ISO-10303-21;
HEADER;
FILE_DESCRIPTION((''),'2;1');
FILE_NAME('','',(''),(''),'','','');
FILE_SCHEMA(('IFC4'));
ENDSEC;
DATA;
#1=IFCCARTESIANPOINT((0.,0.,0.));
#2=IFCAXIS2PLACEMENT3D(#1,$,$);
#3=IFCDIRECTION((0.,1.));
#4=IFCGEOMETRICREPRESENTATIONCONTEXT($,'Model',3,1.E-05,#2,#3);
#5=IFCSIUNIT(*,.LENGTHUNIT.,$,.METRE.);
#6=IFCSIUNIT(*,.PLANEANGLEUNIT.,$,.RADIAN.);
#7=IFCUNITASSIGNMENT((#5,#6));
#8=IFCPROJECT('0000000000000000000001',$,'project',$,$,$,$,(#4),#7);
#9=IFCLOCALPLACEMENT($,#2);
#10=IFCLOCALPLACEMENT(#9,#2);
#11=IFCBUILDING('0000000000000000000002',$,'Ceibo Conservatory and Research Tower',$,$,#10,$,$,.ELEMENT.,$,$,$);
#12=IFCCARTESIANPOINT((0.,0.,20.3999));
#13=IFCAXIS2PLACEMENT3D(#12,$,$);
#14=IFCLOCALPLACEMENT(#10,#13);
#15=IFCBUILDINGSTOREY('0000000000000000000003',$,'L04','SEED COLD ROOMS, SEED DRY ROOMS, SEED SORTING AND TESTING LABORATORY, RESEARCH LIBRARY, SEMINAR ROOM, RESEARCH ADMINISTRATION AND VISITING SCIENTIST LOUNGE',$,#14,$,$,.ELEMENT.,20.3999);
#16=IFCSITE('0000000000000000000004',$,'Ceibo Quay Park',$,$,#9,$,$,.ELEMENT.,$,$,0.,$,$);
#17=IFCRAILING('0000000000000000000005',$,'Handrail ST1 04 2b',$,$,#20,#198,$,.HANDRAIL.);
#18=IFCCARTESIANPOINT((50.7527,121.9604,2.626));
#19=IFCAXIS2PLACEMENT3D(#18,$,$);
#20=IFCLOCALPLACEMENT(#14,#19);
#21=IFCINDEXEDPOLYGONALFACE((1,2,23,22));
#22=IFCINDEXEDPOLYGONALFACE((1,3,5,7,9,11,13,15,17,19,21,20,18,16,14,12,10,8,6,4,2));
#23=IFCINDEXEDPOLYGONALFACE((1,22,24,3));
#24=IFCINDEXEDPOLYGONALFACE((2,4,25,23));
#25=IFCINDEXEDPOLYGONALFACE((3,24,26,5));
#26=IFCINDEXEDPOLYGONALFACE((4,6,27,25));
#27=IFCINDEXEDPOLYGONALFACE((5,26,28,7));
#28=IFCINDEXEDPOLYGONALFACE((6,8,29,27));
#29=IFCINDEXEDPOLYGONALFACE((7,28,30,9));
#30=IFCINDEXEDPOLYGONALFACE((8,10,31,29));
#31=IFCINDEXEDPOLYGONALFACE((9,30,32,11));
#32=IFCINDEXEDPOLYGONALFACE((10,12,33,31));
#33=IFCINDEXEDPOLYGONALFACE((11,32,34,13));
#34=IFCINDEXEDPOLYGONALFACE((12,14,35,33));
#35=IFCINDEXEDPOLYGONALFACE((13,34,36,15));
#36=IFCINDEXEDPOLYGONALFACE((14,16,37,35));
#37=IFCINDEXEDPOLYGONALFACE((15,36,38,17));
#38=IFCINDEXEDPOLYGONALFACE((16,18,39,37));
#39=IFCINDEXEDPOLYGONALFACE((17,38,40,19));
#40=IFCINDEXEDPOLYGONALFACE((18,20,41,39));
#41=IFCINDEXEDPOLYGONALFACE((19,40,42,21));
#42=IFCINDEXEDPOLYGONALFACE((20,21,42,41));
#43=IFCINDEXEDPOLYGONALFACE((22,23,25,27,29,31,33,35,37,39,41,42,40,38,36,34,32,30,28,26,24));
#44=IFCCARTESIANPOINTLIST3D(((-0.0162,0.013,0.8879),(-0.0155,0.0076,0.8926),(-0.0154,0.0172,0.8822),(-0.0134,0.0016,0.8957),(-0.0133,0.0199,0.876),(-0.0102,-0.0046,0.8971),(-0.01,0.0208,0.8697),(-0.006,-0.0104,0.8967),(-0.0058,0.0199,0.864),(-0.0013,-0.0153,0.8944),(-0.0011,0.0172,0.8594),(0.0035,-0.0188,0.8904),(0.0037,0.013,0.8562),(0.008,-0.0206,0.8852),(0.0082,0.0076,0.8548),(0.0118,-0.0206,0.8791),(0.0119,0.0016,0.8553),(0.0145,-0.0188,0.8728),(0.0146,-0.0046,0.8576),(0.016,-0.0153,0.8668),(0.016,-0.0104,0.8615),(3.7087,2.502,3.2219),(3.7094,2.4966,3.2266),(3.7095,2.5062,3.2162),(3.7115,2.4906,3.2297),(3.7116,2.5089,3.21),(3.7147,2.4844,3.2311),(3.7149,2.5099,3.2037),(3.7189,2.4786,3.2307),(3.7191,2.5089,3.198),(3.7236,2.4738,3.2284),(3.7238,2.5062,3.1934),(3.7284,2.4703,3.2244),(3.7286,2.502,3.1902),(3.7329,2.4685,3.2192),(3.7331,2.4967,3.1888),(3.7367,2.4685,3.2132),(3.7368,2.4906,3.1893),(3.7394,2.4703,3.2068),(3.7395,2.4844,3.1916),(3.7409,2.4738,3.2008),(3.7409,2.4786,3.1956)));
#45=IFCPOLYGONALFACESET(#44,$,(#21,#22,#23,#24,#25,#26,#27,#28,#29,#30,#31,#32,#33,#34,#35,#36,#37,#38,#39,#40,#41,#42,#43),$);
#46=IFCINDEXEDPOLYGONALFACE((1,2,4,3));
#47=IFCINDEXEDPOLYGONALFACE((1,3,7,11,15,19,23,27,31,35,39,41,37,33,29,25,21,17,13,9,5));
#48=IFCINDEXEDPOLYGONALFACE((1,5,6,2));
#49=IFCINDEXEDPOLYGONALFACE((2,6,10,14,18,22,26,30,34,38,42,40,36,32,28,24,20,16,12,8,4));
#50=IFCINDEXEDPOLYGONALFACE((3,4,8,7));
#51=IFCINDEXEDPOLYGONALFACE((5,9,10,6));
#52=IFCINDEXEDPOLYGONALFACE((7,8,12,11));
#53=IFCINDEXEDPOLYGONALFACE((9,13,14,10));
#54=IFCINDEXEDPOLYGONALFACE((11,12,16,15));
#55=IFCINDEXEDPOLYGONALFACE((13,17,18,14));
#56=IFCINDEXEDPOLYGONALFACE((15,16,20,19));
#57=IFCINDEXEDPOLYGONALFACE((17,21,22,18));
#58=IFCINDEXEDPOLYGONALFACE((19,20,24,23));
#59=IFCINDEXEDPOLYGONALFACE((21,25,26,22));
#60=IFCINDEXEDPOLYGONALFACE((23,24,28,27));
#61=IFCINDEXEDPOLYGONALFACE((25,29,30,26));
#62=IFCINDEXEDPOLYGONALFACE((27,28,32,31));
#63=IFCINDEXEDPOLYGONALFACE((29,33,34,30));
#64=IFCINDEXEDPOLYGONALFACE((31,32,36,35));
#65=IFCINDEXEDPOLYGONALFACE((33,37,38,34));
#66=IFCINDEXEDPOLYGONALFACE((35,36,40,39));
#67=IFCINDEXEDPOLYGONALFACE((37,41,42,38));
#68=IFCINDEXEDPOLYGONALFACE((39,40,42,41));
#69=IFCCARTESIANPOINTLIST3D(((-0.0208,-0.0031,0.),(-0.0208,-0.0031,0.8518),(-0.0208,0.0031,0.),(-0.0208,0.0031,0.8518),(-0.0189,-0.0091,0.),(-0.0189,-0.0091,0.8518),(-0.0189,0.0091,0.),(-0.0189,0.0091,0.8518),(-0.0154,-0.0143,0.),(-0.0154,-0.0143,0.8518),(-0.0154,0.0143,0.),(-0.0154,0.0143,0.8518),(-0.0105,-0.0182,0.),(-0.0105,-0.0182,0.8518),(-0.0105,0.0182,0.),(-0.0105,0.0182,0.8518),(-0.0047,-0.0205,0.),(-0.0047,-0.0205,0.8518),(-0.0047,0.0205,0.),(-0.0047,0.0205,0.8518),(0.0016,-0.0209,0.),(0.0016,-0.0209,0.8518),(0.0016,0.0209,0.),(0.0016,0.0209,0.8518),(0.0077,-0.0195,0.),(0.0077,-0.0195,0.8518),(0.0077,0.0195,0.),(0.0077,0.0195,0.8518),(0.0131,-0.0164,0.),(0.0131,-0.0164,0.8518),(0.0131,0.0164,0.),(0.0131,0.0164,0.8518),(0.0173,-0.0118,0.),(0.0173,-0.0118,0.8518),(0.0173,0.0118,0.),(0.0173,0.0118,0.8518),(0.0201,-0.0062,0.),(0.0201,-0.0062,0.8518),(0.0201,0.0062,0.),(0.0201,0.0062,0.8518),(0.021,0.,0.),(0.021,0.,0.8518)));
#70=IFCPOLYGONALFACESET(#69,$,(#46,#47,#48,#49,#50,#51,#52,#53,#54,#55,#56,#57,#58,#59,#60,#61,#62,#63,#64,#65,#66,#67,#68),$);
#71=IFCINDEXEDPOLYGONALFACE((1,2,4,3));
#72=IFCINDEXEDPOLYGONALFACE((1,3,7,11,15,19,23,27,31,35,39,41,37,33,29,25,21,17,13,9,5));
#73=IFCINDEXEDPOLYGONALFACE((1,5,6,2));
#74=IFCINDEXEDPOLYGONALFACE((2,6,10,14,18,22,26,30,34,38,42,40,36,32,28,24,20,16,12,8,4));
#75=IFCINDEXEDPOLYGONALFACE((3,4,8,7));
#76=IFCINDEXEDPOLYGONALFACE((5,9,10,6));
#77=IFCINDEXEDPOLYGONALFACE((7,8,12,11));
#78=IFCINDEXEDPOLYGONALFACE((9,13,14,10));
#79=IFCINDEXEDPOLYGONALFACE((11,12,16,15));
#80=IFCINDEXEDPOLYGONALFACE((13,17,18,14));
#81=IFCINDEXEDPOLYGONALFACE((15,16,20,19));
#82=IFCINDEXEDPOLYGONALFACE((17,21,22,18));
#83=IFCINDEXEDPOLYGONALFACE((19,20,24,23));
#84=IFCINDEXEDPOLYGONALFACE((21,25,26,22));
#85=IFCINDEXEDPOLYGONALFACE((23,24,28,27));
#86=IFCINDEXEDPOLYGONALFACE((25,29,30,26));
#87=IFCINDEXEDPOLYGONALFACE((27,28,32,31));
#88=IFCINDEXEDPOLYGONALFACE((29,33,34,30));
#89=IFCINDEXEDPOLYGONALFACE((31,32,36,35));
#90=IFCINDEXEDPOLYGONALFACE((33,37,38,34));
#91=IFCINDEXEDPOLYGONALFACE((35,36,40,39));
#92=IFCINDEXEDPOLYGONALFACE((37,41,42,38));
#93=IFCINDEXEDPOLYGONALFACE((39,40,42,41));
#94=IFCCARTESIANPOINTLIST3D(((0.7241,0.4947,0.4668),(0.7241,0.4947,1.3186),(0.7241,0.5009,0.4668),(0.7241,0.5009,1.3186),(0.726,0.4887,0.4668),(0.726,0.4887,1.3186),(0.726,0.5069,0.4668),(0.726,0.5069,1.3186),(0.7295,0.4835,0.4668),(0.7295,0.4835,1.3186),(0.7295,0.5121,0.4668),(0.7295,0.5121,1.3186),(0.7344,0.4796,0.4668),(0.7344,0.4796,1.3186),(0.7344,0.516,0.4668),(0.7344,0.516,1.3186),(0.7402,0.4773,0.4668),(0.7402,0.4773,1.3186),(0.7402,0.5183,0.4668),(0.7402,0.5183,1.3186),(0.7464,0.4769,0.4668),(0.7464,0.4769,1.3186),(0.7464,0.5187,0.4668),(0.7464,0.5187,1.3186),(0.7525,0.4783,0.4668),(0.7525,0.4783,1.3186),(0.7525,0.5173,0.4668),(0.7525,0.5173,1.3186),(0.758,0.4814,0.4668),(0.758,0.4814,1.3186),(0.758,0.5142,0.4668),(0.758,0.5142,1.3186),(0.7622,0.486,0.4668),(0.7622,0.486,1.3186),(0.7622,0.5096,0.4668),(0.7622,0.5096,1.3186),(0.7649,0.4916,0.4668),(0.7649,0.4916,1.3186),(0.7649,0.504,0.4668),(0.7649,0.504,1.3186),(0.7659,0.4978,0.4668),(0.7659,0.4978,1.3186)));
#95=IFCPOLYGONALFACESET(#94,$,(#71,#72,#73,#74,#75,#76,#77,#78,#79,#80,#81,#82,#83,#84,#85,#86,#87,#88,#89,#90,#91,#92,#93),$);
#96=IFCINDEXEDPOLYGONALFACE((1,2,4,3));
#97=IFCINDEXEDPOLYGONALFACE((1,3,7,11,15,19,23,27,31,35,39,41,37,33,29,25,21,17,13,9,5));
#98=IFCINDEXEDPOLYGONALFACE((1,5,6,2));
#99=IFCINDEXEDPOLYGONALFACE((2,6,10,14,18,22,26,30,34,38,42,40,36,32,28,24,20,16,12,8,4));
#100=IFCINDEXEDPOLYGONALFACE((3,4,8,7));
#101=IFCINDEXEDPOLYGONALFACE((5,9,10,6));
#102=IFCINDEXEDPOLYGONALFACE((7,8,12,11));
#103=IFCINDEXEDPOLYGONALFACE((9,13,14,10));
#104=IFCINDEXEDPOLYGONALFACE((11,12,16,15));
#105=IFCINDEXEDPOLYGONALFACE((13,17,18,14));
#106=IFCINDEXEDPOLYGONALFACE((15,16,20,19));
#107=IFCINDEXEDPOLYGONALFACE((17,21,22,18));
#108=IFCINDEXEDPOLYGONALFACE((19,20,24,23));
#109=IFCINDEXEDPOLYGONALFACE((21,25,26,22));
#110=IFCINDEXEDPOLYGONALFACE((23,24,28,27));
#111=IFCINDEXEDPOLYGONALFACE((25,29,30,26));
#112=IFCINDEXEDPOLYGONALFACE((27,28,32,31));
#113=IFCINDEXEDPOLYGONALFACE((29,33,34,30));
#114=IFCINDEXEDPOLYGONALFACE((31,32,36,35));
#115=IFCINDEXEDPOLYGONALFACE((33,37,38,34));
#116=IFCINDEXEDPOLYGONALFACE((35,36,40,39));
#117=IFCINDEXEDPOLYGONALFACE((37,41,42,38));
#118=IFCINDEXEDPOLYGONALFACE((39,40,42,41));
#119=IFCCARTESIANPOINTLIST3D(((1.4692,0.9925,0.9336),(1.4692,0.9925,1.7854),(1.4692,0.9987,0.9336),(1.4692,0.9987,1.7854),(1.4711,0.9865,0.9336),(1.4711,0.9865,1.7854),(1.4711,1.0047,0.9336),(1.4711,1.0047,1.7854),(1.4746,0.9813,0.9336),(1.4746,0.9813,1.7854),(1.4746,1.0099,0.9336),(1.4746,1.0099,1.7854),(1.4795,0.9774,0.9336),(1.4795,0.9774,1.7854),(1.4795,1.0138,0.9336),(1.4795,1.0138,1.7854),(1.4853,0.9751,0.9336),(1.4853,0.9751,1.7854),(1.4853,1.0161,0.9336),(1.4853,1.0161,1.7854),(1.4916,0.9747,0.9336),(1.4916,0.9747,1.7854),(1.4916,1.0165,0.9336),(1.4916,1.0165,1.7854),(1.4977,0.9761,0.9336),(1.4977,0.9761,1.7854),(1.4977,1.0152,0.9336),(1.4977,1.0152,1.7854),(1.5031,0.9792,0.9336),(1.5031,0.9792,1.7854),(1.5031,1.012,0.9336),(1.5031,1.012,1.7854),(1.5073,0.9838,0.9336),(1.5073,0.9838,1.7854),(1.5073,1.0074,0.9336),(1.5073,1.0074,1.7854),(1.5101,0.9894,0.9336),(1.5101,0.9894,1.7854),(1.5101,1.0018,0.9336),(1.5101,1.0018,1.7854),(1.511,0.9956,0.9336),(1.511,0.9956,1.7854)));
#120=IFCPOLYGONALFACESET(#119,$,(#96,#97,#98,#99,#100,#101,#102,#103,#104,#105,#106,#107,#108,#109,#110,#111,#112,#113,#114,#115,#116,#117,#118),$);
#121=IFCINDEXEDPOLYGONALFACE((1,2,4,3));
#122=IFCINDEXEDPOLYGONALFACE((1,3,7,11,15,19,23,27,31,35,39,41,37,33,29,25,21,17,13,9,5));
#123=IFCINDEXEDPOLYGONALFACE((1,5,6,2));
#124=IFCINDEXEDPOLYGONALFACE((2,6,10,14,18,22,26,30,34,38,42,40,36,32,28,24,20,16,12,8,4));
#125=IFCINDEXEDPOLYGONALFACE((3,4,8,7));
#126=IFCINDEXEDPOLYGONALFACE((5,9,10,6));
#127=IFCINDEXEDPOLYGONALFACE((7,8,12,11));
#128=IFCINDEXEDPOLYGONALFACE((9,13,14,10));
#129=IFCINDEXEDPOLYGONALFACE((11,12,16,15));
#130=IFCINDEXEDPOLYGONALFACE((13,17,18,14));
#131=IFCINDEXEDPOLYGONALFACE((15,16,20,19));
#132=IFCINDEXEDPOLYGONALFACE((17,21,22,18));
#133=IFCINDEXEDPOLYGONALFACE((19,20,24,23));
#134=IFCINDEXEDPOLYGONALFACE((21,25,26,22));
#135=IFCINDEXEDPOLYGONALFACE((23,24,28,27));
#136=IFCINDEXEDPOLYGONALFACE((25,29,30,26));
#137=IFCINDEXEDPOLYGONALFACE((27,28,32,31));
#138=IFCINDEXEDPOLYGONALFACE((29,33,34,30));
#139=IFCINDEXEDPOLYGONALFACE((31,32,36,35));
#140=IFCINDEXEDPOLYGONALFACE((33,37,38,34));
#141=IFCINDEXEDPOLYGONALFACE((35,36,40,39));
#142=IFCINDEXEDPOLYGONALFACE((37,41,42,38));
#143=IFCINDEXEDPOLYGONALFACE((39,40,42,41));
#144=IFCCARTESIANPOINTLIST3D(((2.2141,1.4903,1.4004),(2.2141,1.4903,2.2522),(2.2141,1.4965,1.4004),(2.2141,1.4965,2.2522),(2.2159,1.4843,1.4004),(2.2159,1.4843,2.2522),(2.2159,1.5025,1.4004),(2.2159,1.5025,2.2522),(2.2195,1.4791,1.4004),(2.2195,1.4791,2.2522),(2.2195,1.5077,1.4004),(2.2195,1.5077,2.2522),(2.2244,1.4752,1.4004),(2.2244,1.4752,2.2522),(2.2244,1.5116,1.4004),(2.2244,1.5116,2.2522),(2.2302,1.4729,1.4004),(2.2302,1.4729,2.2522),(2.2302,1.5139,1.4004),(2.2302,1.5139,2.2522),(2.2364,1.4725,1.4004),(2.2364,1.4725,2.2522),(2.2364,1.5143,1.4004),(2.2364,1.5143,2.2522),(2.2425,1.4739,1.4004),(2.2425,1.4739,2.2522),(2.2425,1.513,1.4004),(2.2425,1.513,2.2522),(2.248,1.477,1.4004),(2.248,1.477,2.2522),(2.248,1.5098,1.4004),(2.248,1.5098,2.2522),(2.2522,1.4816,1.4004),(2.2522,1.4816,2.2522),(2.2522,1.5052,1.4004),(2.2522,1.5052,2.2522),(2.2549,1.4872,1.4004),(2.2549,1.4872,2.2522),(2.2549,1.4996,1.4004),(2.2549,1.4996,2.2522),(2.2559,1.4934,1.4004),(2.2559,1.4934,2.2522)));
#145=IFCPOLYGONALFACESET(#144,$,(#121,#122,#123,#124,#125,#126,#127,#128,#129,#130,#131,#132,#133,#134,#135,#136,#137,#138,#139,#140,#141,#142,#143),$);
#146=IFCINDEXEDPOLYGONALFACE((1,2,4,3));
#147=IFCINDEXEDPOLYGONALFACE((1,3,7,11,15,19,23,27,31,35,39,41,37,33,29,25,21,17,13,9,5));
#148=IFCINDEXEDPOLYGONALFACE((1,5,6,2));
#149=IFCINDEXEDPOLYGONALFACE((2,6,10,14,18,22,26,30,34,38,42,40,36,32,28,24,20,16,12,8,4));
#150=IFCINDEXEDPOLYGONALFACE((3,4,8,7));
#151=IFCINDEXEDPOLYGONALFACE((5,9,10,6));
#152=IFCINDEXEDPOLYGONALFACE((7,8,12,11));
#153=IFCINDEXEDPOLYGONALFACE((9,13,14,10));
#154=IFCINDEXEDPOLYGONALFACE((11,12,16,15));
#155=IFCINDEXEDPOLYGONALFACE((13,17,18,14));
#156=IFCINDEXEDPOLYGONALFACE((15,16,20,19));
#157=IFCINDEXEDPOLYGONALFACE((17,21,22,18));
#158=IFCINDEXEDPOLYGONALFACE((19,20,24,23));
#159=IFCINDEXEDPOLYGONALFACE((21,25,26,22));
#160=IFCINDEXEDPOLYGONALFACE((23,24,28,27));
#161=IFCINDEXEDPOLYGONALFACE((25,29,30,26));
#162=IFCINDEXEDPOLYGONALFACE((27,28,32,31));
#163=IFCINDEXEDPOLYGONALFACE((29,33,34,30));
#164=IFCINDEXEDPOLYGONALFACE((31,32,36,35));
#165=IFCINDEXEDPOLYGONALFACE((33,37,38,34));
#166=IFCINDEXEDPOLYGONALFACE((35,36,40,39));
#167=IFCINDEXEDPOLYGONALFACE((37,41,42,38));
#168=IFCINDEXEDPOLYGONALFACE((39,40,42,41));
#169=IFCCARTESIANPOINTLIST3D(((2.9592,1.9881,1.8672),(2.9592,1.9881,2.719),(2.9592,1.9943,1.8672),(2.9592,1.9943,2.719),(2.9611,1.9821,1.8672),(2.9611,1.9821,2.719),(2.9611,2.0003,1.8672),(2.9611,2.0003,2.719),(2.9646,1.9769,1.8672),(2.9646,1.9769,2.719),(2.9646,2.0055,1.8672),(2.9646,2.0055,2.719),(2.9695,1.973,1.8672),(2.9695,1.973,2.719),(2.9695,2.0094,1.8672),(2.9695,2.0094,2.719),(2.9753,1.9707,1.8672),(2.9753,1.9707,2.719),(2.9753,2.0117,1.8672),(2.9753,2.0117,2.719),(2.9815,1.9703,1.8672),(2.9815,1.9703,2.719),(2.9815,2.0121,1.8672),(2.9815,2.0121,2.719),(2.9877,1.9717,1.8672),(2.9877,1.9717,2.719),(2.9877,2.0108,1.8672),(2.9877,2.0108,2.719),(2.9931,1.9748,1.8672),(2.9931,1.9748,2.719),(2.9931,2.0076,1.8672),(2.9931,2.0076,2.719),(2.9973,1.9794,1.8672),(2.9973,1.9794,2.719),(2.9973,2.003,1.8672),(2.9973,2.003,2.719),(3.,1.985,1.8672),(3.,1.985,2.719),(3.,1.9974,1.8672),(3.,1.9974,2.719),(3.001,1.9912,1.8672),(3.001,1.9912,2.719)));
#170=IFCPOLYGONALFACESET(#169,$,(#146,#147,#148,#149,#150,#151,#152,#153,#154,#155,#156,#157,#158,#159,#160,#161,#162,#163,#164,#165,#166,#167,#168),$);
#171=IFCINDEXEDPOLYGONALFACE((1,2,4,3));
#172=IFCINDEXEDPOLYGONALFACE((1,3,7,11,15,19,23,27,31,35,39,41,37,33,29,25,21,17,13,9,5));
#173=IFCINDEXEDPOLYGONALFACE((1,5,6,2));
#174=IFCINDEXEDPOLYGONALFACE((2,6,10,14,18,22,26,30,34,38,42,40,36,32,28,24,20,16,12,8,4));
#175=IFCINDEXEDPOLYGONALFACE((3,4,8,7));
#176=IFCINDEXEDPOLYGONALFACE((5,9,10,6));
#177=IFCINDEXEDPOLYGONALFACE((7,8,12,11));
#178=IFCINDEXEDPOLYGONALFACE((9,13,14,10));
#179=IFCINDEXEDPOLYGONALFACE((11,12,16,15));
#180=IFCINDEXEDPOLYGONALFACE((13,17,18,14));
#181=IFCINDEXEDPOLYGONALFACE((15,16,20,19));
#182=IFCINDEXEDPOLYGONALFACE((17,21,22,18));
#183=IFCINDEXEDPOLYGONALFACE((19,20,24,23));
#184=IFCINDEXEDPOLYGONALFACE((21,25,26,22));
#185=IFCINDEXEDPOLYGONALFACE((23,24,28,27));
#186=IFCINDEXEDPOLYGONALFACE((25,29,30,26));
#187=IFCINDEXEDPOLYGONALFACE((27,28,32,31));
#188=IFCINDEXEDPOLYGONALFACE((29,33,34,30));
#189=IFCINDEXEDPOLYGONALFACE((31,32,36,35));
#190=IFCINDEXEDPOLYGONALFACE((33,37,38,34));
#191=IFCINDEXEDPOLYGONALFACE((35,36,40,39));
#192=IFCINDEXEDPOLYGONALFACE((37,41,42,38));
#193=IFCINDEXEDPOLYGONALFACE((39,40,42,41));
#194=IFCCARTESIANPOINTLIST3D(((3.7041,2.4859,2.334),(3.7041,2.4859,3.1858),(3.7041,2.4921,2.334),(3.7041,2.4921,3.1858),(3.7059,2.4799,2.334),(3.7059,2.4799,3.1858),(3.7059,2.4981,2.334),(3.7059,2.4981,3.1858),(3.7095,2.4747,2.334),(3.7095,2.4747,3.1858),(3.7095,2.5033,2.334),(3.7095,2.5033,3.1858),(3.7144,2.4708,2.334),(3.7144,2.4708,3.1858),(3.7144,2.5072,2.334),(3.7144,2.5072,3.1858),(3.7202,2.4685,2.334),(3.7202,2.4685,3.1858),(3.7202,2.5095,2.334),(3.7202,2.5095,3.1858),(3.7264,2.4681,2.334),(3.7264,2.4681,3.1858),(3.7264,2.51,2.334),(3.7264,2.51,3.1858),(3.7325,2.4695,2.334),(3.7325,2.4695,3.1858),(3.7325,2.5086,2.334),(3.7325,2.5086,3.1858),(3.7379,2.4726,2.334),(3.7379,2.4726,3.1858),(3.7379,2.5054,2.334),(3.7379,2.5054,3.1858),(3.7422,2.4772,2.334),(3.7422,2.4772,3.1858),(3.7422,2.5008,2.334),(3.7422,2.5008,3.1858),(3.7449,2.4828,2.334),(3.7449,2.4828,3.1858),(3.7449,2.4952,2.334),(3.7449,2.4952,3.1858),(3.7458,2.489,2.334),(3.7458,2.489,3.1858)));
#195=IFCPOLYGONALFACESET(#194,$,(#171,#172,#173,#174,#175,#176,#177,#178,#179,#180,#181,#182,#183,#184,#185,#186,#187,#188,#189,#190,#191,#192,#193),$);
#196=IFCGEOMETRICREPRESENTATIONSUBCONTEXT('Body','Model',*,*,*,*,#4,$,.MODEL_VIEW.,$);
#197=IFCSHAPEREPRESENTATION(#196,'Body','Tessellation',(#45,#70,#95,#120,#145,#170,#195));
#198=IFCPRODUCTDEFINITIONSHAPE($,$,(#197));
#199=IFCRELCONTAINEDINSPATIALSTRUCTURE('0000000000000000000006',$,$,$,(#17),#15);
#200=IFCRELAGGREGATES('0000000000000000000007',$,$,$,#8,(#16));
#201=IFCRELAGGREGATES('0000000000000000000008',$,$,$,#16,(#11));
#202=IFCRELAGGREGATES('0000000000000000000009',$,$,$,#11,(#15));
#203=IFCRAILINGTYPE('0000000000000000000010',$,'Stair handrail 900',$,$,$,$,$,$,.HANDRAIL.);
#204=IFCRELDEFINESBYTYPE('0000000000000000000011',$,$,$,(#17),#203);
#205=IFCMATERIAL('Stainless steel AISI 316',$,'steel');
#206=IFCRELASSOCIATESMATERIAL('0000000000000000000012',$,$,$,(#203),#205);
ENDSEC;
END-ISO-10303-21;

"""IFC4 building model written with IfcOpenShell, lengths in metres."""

from ifc_helpers import new_model, si_unit, direction, frame, origin, origin_2d, place, context, subcontext, project, spatial, circle, extrude, material, type_object, element, save


model = new_model("IFC4")

# Units and contexts
model_context = context("Model", 3, precision=1e-05, world=origin(), true_north=direction((0.0, 1.0)))
body_context = subcontext(model_context, "Body", "Model", "MODEL_VIEW")
ifc_project = project(units=[si_unit("LENGTHUNIT", "METRE"), si_unit("PLANEANGLEUNIT", "RADIAN")], contexts=[model_context])

# Site, building, storey
site_placement = place(None, origin())
site = spatial("IfcSite", under=ifc_project, at=site_placement, Name="Ceibo Quay Park", CompositionType="ELEMENT", RefElevation=0.0)
building_placement = place(site_placement, origin())
building = spatial("IfcBuilding", under=site, at=building_placement, Name="Ceibo Conservatory and Research Tower", CompositionType="ELEMENT")
storey_placement = place(building_placement, frame((0.0, 0.0, 20.3999)))
storey = spatial("IfcBuildingStorey", under=building, at=storey_placement, Name="L04", Description="SEED COLD ROOMS, SEED DRY ROOMS, SEED SORTING AND TESTING LABORATORY, RESEARCH LIBRARY, SEMINAR ROOM, RESEARCH ADMINISTRATION AND VISITING SCIENTIST LOUNGE", CompositionType="ELEMENT", Elevation=20.3999)

# Railing
ifc_material_1 = material(Name="Stainless steel AISI 316", Category="steel")
railing_type = type_object("IfcRailingType", Name="Stair handrail 900", PredefinedType="HANDRAIL", material=ifc_material_1)
railing_1_placement = place(storey_placement, frame((50.7527, 121.9604, 2.626)))
element("IfcRailing", 1, at=railing_1_placement, inside=storey, type_object=railing_type, Name="Handrail ST1 04 2b", PredefinedType="HANDRAIL", context=body_context, shape_type="SweptSolid", body=[
    extrude(circle(Radius=0.0239, at=origin_2d()), frame((0.0, 0.0, 0.876), z_axis=(0.737382, 0.492732, 0.462042), x_axis=(-0.555593, 0.831455, 0.0)), (0.0, 0.0, 1.0), 5.0515),
    extrude(circle(Radius=0.021, at=origin_2d()), origin(), (0.0, 0.0, 1.0), 0.8518),
    extrude(circle(Radius=0.021, at=origin_2d()), frame((0.7449, 0.4978, 0.4668)), (0.0, 0.0, 1.0), 0.8518),
    extrude(circle(Radius=0.021, at=origin_2d()), frame((1.49, 0.9956, 0.9336)), (0.0, 0.0, 1.0), 0.8518),
    extrude(circle(Radius=0.021, at=origin_2d()), frame((2.2349, 1.4934, 1.4004)), (0.0, 0.0, 1.0), 0.8518),
    extrude(circle(Radius=0.021, at=origin_2d()), frame((2.98, 1.9912, 1.8672)), (0.0, 0.0, 1.0), 0.8518),
    extrude(circle(Radius=0.021, at=origin_2d()), frame((3.7249, 2.489, 2.334)), (0.0, 0.0, 1.0), 0.8518),
])

save(model, "model.ifc")
